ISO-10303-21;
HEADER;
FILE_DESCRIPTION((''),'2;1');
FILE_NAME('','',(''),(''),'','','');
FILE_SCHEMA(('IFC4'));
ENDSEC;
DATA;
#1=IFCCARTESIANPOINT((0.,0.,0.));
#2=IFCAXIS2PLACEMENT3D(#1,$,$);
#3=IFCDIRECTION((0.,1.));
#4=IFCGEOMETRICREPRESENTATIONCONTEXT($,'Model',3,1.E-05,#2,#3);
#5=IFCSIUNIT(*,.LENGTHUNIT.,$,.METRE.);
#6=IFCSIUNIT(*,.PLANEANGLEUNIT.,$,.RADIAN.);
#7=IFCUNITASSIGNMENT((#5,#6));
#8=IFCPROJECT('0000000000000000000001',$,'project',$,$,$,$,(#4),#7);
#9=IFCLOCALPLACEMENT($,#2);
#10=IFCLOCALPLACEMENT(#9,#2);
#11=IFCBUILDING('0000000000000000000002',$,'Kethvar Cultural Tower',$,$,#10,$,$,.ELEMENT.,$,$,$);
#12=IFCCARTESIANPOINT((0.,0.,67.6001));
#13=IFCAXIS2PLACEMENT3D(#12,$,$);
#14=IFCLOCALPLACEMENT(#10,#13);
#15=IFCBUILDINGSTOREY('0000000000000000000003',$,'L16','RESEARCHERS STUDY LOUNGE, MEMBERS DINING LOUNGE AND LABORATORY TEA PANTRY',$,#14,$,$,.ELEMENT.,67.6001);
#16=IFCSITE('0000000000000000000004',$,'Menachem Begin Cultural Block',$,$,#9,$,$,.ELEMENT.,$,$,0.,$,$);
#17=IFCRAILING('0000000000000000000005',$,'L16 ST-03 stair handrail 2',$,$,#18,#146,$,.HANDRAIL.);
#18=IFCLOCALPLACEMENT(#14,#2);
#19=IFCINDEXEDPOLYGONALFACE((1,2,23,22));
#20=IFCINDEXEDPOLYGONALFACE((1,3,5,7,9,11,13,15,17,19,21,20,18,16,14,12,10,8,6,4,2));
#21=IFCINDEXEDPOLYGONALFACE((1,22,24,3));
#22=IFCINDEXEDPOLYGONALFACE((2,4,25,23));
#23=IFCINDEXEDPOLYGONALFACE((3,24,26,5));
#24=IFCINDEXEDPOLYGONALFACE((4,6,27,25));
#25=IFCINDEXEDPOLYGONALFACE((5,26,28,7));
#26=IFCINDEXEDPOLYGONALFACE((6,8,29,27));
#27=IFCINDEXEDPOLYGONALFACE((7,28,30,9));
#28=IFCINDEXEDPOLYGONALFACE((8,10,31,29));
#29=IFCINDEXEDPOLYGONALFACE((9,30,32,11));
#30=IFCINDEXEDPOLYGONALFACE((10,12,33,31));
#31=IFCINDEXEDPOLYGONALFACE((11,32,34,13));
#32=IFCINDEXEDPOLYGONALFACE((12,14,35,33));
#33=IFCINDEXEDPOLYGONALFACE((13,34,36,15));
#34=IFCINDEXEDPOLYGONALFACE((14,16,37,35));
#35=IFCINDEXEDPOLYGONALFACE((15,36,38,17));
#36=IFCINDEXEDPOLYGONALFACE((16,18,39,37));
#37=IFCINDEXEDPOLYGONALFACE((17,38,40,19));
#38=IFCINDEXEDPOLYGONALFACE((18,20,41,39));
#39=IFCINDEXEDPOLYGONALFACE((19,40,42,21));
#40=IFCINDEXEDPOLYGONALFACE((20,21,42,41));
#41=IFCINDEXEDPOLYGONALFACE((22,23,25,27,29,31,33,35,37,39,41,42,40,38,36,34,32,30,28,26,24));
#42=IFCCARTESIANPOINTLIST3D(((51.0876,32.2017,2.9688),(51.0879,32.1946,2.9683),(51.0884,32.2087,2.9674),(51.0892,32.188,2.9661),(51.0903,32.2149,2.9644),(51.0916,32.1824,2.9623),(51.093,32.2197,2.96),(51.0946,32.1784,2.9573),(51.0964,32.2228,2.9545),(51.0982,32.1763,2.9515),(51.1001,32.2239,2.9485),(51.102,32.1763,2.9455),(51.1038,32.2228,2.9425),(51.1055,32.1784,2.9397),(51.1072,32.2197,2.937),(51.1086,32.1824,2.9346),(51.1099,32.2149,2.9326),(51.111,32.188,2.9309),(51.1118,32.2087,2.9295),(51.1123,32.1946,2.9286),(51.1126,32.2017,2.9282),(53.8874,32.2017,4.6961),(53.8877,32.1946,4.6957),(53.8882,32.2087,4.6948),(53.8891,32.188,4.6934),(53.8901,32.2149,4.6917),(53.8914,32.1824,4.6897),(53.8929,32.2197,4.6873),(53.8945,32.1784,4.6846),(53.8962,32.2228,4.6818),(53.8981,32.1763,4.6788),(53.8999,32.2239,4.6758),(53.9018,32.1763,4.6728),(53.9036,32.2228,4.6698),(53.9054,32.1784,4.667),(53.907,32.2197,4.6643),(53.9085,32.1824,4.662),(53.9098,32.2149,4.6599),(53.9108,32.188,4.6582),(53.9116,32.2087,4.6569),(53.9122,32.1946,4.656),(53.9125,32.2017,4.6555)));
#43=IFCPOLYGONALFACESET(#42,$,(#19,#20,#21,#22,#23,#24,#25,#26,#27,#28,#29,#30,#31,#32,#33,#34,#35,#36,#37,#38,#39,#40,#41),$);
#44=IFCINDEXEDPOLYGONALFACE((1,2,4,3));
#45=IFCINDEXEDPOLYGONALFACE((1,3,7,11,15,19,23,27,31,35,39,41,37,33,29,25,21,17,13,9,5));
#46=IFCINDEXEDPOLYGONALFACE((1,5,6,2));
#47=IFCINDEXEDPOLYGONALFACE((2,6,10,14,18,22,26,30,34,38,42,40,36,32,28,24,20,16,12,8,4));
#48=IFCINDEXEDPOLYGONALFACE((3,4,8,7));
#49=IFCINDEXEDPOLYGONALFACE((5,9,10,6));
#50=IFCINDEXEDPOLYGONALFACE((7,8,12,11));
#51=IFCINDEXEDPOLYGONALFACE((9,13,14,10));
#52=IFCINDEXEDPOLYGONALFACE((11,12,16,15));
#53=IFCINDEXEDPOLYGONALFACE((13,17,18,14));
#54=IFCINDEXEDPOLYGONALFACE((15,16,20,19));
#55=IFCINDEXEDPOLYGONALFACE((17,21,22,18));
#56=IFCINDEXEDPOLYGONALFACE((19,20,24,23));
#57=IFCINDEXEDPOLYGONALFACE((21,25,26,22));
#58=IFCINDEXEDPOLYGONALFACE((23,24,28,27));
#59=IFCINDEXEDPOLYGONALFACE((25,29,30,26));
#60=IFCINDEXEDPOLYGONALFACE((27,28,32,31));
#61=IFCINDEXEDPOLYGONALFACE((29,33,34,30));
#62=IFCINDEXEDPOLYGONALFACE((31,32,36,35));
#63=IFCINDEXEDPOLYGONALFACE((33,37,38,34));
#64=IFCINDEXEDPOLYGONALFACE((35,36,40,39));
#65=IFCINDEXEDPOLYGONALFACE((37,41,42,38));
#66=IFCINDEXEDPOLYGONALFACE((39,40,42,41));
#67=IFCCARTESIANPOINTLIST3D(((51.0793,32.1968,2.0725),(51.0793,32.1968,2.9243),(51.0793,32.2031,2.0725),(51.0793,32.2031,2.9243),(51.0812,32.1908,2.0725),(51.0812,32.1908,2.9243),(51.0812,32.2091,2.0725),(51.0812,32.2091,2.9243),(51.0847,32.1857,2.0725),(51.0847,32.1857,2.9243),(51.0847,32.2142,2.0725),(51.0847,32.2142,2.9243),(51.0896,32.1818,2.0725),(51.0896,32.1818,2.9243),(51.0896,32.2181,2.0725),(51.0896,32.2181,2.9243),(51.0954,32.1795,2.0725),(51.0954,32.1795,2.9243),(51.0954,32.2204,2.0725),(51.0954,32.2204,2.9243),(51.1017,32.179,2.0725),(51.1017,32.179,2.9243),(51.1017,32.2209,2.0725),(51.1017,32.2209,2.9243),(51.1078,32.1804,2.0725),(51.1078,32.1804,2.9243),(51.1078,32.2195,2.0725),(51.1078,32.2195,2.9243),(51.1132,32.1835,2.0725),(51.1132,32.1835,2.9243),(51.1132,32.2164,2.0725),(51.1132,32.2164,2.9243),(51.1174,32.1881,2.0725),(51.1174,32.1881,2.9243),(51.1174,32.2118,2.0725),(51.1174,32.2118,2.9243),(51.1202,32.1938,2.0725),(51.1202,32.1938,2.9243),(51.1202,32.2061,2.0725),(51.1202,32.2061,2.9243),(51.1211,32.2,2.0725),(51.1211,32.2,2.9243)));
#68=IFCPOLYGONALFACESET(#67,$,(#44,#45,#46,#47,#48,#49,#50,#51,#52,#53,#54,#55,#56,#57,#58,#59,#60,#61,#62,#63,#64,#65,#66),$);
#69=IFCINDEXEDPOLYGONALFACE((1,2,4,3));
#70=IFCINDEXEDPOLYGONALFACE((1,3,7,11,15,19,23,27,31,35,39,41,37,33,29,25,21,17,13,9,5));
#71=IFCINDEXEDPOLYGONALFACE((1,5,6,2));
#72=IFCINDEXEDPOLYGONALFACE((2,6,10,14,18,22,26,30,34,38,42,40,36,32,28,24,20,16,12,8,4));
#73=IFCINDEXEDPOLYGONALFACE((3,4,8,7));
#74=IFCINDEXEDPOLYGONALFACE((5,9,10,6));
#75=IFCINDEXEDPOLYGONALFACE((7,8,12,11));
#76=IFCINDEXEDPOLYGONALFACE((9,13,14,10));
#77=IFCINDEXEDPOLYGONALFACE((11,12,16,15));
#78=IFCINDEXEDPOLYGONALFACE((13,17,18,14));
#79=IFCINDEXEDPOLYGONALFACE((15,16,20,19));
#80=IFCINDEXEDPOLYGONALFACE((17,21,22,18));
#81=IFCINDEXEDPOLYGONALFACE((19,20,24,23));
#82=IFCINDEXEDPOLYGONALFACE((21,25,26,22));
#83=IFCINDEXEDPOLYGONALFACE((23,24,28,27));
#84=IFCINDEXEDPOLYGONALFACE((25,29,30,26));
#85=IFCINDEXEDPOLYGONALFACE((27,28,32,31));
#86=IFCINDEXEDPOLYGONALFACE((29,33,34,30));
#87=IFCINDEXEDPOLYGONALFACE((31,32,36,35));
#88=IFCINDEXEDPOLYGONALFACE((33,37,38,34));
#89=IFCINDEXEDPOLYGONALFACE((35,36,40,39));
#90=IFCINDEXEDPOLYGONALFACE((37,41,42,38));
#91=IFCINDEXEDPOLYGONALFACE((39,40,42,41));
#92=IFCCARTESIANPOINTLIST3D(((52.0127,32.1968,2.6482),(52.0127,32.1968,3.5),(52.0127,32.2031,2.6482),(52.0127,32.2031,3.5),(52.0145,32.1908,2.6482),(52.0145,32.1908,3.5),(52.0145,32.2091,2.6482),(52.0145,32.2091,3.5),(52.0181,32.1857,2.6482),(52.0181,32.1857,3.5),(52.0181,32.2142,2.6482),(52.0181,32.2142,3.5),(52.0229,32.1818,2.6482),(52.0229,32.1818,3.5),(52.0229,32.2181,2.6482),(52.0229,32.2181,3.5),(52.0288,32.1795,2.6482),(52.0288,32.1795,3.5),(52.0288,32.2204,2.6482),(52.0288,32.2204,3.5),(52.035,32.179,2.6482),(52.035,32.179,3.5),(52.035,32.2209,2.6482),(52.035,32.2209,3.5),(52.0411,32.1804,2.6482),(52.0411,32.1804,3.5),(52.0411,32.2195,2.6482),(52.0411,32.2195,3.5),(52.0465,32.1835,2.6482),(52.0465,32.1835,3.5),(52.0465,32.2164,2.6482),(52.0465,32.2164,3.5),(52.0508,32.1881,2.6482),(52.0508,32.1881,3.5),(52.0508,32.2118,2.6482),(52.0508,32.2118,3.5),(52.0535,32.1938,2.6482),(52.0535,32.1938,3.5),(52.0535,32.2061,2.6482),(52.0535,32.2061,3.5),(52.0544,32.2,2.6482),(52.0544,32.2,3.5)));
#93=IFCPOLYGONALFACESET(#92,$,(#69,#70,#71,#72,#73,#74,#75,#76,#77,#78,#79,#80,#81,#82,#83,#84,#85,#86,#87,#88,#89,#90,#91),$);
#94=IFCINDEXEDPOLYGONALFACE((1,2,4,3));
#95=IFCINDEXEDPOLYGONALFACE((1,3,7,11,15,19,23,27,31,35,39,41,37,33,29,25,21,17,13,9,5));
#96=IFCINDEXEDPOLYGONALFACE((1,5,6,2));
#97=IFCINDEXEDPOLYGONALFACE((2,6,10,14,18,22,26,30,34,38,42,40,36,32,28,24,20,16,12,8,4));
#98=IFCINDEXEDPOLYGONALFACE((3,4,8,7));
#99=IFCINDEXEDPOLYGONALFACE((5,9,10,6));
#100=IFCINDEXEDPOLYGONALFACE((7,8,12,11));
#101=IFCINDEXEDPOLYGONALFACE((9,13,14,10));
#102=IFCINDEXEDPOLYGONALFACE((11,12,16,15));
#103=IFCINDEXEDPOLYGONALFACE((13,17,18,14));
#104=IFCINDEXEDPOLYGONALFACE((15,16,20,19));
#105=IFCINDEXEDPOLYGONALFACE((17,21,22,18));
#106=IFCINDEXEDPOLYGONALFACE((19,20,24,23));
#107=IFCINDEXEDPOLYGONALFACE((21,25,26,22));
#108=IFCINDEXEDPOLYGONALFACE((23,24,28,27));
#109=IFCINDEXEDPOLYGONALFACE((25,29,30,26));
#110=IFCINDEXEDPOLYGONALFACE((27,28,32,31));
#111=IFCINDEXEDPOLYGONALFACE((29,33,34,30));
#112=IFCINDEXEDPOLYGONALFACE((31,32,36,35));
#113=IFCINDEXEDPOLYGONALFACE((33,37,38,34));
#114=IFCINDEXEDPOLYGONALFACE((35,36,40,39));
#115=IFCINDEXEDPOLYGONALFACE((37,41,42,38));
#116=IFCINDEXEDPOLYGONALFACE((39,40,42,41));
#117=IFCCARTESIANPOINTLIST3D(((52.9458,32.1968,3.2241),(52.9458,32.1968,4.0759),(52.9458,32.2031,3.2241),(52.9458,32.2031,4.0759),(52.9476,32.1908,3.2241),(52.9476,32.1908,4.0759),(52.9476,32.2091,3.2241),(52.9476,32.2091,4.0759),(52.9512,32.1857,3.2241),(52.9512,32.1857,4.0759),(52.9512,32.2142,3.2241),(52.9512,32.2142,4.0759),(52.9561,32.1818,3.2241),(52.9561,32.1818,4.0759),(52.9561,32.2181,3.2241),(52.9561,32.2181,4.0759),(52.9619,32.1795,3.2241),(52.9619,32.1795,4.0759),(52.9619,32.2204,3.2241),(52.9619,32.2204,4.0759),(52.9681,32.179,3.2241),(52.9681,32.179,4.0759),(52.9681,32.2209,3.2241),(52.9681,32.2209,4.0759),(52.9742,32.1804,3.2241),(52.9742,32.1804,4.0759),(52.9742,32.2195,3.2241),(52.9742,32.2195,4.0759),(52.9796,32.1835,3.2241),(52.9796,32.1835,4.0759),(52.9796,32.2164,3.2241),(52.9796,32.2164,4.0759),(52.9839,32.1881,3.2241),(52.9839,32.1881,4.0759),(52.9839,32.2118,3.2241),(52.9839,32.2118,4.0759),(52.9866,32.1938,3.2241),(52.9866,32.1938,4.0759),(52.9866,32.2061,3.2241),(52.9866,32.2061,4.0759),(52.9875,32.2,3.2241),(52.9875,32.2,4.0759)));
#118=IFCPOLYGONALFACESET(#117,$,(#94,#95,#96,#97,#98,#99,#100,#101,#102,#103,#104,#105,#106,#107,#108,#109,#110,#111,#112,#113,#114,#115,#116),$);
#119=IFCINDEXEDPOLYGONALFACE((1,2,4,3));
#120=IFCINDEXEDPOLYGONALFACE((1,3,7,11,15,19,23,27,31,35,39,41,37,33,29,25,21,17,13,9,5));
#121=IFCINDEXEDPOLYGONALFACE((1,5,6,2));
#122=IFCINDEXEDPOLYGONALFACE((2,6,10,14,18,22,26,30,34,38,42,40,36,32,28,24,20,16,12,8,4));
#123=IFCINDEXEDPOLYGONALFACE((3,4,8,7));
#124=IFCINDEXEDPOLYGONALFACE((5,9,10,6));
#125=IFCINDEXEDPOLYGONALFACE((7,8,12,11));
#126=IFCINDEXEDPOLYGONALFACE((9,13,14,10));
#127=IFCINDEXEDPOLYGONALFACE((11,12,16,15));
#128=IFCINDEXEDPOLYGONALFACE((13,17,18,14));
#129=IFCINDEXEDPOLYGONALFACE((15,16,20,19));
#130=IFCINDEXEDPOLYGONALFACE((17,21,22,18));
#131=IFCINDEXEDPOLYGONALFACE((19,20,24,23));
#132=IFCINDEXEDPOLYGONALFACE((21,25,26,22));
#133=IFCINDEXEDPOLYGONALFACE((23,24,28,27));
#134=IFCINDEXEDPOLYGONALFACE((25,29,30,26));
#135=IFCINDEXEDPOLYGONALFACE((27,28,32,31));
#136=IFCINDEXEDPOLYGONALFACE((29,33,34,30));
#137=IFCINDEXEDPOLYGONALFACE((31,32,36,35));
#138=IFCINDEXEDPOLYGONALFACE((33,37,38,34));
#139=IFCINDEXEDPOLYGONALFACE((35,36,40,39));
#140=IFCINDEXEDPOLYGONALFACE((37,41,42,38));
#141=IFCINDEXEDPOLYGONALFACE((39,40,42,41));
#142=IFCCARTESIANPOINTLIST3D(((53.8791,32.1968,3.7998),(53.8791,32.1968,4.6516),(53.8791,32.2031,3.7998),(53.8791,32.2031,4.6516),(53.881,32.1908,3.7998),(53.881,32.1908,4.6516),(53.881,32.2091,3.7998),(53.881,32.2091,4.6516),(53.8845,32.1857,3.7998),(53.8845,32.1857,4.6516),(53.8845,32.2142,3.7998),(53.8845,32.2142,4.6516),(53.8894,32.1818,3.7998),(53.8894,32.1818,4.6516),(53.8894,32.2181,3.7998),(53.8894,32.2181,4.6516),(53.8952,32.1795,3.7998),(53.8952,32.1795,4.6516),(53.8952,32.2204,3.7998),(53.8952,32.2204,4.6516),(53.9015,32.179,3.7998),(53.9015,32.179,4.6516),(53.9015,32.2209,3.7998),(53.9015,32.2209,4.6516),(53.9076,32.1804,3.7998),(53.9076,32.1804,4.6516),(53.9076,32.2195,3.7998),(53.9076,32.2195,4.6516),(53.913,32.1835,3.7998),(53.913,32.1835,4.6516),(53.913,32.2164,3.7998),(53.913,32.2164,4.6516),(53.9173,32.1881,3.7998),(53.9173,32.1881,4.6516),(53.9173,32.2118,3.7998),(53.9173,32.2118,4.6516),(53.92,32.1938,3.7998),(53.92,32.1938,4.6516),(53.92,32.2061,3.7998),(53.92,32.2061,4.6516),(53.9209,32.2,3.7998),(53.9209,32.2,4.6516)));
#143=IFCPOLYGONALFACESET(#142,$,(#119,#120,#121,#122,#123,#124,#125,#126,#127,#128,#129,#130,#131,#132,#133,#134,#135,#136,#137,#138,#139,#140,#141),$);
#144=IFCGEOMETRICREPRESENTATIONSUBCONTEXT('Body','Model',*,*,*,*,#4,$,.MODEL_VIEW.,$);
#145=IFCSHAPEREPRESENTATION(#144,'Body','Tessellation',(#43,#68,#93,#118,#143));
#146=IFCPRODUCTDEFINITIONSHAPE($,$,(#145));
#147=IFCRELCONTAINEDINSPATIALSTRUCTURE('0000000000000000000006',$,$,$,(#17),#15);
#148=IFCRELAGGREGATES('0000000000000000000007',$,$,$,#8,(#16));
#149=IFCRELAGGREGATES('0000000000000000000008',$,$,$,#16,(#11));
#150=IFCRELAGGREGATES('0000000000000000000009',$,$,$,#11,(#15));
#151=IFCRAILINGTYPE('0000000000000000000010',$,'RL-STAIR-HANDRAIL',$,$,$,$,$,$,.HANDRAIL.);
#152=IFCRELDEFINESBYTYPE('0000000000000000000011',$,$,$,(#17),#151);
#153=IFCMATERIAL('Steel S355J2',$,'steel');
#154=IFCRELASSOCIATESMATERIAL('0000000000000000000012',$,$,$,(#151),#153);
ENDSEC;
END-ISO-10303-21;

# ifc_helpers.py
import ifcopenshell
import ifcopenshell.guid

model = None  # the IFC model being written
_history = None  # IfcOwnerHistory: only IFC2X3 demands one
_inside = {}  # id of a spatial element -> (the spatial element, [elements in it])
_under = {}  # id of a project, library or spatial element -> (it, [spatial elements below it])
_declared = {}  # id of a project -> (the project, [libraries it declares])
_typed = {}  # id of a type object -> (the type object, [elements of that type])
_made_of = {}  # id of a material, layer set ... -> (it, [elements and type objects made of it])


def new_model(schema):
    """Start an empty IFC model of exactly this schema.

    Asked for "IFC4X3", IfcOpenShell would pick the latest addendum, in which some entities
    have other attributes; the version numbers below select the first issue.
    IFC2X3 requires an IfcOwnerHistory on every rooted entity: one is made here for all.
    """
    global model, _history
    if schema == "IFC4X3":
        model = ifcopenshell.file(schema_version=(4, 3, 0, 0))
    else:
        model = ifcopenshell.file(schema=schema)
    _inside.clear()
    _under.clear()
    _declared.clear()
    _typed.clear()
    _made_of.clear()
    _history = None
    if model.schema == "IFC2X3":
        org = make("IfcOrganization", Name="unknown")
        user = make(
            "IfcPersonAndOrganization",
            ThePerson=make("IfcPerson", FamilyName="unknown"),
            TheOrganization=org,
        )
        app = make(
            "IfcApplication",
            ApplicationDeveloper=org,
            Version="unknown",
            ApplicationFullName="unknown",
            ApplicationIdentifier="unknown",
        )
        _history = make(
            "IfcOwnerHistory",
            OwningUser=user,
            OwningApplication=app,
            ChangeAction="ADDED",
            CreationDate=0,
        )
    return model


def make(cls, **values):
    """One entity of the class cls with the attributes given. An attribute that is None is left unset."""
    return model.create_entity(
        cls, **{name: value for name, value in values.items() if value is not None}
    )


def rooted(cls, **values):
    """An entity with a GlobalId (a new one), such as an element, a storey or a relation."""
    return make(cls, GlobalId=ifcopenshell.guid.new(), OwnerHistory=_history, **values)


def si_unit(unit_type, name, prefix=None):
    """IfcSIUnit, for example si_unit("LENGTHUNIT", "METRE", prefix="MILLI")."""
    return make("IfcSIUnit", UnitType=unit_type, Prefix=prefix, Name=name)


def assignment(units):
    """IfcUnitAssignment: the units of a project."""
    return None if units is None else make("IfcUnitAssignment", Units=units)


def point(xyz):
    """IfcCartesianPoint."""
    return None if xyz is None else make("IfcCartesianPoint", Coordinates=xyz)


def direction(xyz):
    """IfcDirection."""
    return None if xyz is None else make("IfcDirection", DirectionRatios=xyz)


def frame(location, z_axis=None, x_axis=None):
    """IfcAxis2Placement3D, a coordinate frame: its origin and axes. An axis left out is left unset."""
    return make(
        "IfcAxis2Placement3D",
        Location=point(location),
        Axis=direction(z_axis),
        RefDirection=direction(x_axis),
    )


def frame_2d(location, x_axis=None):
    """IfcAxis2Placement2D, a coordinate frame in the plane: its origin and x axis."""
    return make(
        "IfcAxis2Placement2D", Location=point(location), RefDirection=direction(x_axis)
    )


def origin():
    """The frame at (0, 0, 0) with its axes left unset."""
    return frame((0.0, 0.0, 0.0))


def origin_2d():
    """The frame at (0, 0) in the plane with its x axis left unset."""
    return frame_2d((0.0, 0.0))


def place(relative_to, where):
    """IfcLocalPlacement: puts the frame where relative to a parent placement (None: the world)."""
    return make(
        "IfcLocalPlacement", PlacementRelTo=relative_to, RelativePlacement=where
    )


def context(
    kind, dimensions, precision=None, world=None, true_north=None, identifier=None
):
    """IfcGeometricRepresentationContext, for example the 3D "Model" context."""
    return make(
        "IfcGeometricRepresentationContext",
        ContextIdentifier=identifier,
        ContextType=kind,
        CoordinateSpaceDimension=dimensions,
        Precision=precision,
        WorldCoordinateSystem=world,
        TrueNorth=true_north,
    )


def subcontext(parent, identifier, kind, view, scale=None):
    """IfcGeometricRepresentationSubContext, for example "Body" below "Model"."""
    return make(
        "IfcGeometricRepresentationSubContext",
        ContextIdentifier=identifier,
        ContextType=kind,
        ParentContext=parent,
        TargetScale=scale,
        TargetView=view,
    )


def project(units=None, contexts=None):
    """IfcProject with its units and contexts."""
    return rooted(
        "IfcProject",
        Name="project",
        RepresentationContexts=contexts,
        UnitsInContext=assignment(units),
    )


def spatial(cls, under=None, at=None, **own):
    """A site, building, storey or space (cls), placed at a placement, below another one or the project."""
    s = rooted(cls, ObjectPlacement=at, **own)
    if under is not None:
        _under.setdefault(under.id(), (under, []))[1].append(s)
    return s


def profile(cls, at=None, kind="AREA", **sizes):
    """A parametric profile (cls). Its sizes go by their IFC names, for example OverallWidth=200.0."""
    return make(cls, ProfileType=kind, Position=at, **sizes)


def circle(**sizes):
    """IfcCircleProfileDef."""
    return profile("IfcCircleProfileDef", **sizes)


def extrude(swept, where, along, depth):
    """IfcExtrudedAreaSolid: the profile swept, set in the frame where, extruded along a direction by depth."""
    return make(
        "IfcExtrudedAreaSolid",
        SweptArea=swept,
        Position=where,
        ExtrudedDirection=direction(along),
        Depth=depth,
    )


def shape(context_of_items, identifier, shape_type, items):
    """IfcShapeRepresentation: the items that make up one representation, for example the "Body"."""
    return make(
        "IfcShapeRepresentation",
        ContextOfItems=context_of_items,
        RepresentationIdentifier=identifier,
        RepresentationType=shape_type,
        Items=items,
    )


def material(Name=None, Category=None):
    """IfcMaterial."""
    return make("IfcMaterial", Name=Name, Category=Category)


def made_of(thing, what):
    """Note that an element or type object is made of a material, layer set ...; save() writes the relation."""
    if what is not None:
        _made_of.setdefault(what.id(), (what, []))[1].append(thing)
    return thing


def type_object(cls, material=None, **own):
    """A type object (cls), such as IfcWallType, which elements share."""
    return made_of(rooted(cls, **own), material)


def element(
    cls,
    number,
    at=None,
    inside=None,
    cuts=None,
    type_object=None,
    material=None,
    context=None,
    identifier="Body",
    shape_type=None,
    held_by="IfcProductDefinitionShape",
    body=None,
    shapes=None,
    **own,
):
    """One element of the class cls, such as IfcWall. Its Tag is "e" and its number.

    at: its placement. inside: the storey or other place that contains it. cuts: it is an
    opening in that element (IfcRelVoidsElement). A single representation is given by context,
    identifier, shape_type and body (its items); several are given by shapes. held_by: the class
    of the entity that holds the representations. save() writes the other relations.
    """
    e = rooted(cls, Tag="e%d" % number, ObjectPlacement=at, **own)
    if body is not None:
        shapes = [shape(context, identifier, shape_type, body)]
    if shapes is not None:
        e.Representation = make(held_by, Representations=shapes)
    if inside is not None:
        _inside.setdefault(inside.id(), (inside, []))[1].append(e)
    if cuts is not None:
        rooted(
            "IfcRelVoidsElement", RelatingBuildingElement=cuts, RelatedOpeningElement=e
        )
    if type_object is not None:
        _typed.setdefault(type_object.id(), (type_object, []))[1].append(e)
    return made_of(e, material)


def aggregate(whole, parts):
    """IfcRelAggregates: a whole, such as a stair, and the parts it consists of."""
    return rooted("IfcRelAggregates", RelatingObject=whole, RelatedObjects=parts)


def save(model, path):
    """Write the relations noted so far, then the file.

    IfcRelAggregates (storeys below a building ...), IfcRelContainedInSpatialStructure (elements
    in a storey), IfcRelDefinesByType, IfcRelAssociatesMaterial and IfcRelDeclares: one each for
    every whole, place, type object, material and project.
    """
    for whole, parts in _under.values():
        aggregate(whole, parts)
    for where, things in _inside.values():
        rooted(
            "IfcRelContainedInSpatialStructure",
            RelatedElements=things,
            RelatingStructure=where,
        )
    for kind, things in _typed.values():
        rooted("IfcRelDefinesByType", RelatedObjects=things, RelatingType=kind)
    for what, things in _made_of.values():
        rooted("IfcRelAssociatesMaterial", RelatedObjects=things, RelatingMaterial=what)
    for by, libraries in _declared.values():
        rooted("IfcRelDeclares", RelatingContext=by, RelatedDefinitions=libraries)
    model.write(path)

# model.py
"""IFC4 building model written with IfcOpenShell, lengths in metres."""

from ifc_helpers import new_model, si_unit, direction, frame, origin, origin_2d, place, context, subcontext, project, spatial, circle, extrude, material, type_object, element, save


model = new_model("IFC4")

# Units and contexts
model_context = context("Model", 3, precision=1e-05, world=origin(), true_north=direction((0.0, 1.0)))
body_context = subcontext(model_context, "Body", "Model", "MODEL_VIEW")
ifc_project = project(units=[si_unit("LENGTHUNIT", "METRE"), si_unit("PLANEANGLEUNIT", "RADIAN")], contexts=[model_context])

# Site, building, storey
site_placement = place(None, origin())
site = spatial("IfcSite", under=ifc_project, at=site_placement, Name="Menachem Begin Cultural Block", CompositionType="ELEMENT", RefElevation=0.0)
building_placement = place(site_placement, origin())
building = spatial("IfcBuilding", under=site, at=building_placement, Name="Kethvar Cultural Tower", CompositionType="ELEMENT")
storey_placement = place(building_placement, frame((0.0, 0.0, 67.6001)))
storey = spatial("IfcBuildingStorey", under=building, at=storey_placement, Name="L16", Description="RESEARCHERS STUDY LOUNGE, MEMBERS DINING LOUNGE AND LABORATORY TEA PANTRY", CompositionType="ELEMENT", Elevation=67.6001)

# Shared definitions
ifc_material_1 = material(Name="Steel S355J2", Category="steel")

# Railing
railing_type_1 = type_object("IfcRailingType", Name="RL-STAIR-HANDRAIL", PredefinedType="HANDRAIL", material=ifc_material_1)
railing_1_placement = place(storey_placement, frame((51.1001, 32.2, 2.0725)))
element("IfcRailing", 1, at=railing_1_placement, inside=storey, type_object=railing_type_1, Name="L16 ST-03 stair handrail 2", PredefinedType="HANDRAIL", context=body_context, shape_type="SweptSolid", body=[
    extrude(circle(Radius=0.0239, at=origin_2d()), frame((0.0, 0.0, 0.876), z_axis=(0.851069, 0.0, 0.525054), x_axis=(0.0, 1.0, 0.0)), (0.0, 0.0, 1.0), 3.2898),
    extrude(circle(Radius=0.021, at=origin_2d()), origin(), (0.0, 0.0, 1.0), 0.8518),
    extrude(circle(Radius=0.021, at=origin_2d()), frame((0.9333, 0.0, 0.5757)), (0.0, 0.0, 1.0), 0.8518),
    extrude(circle(Radius=0.021, at=origin_2d()), frame((1.8665, 0.0, 1.1516)), (0.0, 0.0, 1.0), 0.8518),
    extrude(circle(Radius=0.021, at=origin_2d()), frame((2.7998, 0.0, 1.7273)), (0.0, 0.0, 1.0), 0.8518),
])

save(model, "model.ifc")
